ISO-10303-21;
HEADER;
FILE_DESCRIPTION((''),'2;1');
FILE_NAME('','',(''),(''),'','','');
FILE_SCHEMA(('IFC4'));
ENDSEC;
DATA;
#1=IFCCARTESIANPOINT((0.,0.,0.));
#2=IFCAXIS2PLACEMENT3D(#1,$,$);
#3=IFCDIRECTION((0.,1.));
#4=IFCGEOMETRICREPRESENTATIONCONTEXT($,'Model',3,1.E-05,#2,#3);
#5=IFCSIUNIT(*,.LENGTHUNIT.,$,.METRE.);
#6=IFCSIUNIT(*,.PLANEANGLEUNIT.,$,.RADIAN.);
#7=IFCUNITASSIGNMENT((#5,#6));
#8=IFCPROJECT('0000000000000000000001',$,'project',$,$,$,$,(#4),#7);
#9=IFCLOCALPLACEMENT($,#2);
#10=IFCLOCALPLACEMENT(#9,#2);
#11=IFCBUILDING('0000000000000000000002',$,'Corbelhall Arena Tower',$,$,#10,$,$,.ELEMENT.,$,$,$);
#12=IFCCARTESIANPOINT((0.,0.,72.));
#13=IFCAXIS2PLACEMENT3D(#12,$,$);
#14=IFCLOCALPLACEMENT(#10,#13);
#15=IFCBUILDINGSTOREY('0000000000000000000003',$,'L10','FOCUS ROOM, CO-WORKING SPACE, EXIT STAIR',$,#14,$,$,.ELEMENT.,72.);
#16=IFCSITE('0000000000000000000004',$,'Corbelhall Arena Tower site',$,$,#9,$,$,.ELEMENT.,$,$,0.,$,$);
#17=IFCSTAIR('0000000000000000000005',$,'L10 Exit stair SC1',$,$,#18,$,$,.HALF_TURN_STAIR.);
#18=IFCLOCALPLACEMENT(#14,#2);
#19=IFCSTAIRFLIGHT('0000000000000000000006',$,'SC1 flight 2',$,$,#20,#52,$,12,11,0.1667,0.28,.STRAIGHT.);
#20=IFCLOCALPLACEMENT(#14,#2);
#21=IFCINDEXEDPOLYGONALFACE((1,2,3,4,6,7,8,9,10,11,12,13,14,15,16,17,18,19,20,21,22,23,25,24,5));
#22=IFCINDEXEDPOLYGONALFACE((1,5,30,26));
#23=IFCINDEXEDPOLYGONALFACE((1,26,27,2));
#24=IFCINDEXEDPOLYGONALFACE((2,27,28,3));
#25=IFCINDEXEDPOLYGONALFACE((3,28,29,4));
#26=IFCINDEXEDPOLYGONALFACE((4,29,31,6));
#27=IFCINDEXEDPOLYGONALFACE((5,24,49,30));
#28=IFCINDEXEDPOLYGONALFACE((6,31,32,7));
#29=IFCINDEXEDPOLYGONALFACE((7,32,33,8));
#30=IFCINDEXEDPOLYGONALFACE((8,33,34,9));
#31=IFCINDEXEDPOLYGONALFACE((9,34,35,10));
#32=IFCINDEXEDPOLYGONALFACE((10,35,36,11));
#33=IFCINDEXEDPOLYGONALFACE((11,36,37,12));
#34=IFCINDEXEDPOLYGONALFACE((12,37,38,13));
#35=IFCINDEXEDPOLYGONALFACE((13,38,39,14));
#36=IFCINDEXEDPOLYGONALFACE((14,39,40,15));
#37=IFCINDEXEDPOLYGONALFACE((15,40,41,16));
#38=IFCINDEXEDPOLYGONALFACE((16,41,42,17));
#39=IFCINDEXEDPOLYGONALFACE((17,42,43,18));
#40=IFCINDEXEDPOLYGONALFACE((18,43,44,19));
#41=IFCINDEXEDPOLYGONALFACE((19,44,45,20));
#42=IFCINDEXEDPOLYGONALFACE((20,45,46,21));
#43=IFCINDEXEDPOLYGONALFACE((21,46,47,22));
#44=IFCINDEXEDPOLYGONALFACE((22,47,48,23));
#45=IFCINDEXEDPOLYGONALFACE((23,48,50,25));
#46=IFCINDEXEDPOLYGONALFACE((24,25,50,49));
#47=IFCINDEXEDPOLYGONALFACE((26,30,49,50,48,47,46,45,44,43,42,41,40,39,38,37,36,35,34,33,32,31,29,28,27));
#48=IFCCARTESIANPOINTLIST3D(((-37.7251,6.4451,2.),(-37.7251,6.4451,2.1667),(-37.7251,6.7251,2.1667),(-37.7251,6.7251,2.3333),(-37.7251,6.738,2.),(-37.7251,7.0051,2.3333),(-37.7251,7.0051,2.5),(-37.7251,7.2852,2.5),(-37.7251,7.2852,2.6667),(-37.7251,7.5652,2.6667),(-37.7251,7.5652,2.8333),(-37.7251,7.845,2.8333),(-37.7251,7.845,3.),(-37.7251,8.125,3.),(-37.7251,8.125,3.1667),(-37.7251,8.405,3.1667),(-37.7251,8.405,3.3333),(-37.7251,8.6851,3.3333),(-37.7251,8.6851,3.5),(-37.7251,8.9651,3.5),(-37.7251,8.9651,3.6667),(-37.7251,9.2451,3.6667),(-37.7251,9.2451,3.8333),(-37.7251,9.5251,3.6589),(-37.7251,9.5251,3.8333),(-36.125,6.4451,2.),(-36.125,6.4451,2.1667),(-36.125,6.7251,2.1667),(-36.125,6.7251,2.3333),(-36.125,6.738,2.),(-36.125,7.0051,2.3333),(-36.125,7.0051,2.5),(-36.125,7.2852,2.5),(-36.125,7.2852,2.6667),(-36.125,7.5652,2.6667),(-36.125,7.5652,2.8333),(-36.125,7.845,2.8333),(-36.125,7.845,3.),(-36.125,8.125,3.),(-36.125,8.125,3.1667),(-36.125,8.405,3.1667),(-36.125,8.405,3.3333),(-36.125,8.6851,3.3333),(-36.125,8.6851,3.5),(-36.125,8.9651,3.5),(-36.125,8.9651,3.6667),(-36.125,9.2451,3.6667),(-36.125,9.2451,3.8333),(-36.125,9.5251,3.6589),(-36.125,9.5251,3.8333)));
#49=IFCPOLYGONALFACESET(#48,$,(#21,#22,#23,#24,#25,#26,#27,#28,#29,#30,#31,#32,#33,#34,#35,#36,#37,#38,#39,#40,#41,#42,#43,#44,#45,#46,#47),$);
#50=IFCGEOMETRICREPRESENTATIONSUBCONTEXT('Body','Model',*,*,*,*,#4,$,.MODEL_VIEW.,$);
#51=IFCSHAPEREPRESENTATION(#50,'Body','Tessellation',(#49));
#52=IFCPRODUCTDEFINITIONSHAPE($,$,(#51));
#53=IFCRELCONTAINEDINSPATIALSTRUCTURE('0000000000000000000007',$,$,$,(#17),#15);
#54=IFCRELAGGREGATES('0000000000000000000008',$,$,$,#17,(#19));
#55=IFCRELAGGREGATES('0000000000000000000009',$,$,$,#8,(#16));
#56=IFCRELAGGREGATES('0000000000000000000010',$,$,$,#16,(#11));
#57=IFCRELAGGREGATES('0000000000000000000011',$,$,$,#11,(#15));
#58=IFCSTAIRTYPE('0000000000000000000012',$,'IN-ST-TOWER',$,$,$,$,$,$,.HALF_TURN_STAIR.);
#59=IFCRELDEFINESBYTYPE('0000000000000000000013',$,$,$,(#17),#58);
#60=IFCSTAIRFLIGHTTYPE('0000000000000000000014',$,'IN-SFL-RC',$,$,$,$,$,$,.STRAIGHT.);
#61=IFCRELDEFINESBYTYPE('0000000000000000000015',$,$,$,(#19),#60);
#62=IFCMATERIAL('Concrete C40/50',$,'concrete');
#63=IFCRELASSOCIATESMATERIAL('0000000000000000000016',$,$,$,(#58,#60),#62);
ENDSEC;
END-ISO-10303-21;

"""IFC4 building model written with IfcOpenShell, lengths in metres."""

from ifc_helpers import new_model, si_unit, direction, frame, origin, place, context, subcontext, project, spatial, polyline, outline, extrude, material, type_object, element, aggregate, save


model = new_model("IFC4")

# Units and contexts
model_context = context("Model", 3, precision=1e-05, world=origin(), true_north=direction((0.0, 1.0)))
body_context = subcontext(model_context, "Body", "Model", "MODEL_VIEW")
ifc_project = project(units=[si_unit("LENGTHUNIT", "METRE"), si_unit("PLANEANGLEUNIT", "RADIAN")], contexts=[model_context])

# Site, building, storey
site_placement = place(None, origin())
site = spatial("IfcSite", under=ifc_project, at=site_placement, Name="Corbelhall Arena Tower site", CompositionType="ELEMENT", RefElevation=0.0)
building_placement = place(site_placement, origin())
building = spatial("IfcBuilding", under=site, at=building_placement, Name="Corbelhall Arena Tower", CompositionType="ELEMENT")
storey_placement = place(building_placement, frame((0.0, 0.0, 72.0)))
storey = spatial("IfcBuildingStorey", under=building, at=storey_placement, Name="L10", Description="FOCUS ROOM, CO-WORKING SPACE, EXIT STAIR", CompositionType="ELEMENT", Elevation=72.0)

# Shared definitions
ifc_material_1 = material(Name="Concrete C40/50", Category="concrete")

# Stair, stair flight
stair_type = type_object("IfcStairType", Name="IN-ST-TOWER", PredefinedType="HALF_TURN_STAIR", material=ifc_material_1)
stair_placement = place(storey_placement, origin())
stair = element("IfcStair", 1, at=stair_placement, inside=storey, type_object=stair_type, Name="L10 Exit stair SC1", PredefinedType="HALF_TURN_STAIR")
stair_flight_type = type_object("IfcStairFlightType", Name="IN-SFL-RC", PredefinedType="STRAIGHT", material=ifc_material_1)
stair_flight_1_placement = place(storey_placement, frame((-36.925, 6.4451, 2.0), z_axis=(0.0, 0.0, 1.0), x_axis=(0.0, 1.0, 0.0)))
stair_flight_1 = element("IfcStairFlight", 2, at=stair_flight_1_placement, type_object=stair_flight_type, Name="SC1 flight 2", NumberOfRisers=12, NumberOfTreads=11, PredefinedType="STRAIGHT", RiserHeight=0.1667, TreadLength=0.28, context=body_context, shape_type="SweptSolid", body=[
    extrude(outline(polyline([(0.0, 0.0), (0.0, 0.1667), (0.28, 0.1667), (0.28, 0.3333), (0.5601, 0.3333), (0.5601, 0.5), (0.8401, 0.5), (0.8401, 0.6667), (1.1201, 0.6667), (1.1201, 0.8333), (1.3999, 0.8333), (1.3999, 1.0), (1.6799, 1.0), (1.6799, 1.1667), (1.96, 1.1667), (1.96, 1.3333), (2.24, 1.3333), (2.24, 1.5), (2.52, 1.5), (2.52, 1.6667), (2.8, 1.6667), (2.8, 1.8333), (3.0801, 1.8333), (3.0801, 2.0), (3.0801, 1.6589), (0.293, 0.0), (0.0, 0.0)])), frame((0.0, 0.8, 0.0), z_axis=(0.0, -1.0, 0.0), x_axis=(1.0, 0.0, 0.0)), (0.0, 0.0, 1.0), 1.6001),
])
aggregate(stair, [stair_flight_1])

save(model, "model.ifc")
